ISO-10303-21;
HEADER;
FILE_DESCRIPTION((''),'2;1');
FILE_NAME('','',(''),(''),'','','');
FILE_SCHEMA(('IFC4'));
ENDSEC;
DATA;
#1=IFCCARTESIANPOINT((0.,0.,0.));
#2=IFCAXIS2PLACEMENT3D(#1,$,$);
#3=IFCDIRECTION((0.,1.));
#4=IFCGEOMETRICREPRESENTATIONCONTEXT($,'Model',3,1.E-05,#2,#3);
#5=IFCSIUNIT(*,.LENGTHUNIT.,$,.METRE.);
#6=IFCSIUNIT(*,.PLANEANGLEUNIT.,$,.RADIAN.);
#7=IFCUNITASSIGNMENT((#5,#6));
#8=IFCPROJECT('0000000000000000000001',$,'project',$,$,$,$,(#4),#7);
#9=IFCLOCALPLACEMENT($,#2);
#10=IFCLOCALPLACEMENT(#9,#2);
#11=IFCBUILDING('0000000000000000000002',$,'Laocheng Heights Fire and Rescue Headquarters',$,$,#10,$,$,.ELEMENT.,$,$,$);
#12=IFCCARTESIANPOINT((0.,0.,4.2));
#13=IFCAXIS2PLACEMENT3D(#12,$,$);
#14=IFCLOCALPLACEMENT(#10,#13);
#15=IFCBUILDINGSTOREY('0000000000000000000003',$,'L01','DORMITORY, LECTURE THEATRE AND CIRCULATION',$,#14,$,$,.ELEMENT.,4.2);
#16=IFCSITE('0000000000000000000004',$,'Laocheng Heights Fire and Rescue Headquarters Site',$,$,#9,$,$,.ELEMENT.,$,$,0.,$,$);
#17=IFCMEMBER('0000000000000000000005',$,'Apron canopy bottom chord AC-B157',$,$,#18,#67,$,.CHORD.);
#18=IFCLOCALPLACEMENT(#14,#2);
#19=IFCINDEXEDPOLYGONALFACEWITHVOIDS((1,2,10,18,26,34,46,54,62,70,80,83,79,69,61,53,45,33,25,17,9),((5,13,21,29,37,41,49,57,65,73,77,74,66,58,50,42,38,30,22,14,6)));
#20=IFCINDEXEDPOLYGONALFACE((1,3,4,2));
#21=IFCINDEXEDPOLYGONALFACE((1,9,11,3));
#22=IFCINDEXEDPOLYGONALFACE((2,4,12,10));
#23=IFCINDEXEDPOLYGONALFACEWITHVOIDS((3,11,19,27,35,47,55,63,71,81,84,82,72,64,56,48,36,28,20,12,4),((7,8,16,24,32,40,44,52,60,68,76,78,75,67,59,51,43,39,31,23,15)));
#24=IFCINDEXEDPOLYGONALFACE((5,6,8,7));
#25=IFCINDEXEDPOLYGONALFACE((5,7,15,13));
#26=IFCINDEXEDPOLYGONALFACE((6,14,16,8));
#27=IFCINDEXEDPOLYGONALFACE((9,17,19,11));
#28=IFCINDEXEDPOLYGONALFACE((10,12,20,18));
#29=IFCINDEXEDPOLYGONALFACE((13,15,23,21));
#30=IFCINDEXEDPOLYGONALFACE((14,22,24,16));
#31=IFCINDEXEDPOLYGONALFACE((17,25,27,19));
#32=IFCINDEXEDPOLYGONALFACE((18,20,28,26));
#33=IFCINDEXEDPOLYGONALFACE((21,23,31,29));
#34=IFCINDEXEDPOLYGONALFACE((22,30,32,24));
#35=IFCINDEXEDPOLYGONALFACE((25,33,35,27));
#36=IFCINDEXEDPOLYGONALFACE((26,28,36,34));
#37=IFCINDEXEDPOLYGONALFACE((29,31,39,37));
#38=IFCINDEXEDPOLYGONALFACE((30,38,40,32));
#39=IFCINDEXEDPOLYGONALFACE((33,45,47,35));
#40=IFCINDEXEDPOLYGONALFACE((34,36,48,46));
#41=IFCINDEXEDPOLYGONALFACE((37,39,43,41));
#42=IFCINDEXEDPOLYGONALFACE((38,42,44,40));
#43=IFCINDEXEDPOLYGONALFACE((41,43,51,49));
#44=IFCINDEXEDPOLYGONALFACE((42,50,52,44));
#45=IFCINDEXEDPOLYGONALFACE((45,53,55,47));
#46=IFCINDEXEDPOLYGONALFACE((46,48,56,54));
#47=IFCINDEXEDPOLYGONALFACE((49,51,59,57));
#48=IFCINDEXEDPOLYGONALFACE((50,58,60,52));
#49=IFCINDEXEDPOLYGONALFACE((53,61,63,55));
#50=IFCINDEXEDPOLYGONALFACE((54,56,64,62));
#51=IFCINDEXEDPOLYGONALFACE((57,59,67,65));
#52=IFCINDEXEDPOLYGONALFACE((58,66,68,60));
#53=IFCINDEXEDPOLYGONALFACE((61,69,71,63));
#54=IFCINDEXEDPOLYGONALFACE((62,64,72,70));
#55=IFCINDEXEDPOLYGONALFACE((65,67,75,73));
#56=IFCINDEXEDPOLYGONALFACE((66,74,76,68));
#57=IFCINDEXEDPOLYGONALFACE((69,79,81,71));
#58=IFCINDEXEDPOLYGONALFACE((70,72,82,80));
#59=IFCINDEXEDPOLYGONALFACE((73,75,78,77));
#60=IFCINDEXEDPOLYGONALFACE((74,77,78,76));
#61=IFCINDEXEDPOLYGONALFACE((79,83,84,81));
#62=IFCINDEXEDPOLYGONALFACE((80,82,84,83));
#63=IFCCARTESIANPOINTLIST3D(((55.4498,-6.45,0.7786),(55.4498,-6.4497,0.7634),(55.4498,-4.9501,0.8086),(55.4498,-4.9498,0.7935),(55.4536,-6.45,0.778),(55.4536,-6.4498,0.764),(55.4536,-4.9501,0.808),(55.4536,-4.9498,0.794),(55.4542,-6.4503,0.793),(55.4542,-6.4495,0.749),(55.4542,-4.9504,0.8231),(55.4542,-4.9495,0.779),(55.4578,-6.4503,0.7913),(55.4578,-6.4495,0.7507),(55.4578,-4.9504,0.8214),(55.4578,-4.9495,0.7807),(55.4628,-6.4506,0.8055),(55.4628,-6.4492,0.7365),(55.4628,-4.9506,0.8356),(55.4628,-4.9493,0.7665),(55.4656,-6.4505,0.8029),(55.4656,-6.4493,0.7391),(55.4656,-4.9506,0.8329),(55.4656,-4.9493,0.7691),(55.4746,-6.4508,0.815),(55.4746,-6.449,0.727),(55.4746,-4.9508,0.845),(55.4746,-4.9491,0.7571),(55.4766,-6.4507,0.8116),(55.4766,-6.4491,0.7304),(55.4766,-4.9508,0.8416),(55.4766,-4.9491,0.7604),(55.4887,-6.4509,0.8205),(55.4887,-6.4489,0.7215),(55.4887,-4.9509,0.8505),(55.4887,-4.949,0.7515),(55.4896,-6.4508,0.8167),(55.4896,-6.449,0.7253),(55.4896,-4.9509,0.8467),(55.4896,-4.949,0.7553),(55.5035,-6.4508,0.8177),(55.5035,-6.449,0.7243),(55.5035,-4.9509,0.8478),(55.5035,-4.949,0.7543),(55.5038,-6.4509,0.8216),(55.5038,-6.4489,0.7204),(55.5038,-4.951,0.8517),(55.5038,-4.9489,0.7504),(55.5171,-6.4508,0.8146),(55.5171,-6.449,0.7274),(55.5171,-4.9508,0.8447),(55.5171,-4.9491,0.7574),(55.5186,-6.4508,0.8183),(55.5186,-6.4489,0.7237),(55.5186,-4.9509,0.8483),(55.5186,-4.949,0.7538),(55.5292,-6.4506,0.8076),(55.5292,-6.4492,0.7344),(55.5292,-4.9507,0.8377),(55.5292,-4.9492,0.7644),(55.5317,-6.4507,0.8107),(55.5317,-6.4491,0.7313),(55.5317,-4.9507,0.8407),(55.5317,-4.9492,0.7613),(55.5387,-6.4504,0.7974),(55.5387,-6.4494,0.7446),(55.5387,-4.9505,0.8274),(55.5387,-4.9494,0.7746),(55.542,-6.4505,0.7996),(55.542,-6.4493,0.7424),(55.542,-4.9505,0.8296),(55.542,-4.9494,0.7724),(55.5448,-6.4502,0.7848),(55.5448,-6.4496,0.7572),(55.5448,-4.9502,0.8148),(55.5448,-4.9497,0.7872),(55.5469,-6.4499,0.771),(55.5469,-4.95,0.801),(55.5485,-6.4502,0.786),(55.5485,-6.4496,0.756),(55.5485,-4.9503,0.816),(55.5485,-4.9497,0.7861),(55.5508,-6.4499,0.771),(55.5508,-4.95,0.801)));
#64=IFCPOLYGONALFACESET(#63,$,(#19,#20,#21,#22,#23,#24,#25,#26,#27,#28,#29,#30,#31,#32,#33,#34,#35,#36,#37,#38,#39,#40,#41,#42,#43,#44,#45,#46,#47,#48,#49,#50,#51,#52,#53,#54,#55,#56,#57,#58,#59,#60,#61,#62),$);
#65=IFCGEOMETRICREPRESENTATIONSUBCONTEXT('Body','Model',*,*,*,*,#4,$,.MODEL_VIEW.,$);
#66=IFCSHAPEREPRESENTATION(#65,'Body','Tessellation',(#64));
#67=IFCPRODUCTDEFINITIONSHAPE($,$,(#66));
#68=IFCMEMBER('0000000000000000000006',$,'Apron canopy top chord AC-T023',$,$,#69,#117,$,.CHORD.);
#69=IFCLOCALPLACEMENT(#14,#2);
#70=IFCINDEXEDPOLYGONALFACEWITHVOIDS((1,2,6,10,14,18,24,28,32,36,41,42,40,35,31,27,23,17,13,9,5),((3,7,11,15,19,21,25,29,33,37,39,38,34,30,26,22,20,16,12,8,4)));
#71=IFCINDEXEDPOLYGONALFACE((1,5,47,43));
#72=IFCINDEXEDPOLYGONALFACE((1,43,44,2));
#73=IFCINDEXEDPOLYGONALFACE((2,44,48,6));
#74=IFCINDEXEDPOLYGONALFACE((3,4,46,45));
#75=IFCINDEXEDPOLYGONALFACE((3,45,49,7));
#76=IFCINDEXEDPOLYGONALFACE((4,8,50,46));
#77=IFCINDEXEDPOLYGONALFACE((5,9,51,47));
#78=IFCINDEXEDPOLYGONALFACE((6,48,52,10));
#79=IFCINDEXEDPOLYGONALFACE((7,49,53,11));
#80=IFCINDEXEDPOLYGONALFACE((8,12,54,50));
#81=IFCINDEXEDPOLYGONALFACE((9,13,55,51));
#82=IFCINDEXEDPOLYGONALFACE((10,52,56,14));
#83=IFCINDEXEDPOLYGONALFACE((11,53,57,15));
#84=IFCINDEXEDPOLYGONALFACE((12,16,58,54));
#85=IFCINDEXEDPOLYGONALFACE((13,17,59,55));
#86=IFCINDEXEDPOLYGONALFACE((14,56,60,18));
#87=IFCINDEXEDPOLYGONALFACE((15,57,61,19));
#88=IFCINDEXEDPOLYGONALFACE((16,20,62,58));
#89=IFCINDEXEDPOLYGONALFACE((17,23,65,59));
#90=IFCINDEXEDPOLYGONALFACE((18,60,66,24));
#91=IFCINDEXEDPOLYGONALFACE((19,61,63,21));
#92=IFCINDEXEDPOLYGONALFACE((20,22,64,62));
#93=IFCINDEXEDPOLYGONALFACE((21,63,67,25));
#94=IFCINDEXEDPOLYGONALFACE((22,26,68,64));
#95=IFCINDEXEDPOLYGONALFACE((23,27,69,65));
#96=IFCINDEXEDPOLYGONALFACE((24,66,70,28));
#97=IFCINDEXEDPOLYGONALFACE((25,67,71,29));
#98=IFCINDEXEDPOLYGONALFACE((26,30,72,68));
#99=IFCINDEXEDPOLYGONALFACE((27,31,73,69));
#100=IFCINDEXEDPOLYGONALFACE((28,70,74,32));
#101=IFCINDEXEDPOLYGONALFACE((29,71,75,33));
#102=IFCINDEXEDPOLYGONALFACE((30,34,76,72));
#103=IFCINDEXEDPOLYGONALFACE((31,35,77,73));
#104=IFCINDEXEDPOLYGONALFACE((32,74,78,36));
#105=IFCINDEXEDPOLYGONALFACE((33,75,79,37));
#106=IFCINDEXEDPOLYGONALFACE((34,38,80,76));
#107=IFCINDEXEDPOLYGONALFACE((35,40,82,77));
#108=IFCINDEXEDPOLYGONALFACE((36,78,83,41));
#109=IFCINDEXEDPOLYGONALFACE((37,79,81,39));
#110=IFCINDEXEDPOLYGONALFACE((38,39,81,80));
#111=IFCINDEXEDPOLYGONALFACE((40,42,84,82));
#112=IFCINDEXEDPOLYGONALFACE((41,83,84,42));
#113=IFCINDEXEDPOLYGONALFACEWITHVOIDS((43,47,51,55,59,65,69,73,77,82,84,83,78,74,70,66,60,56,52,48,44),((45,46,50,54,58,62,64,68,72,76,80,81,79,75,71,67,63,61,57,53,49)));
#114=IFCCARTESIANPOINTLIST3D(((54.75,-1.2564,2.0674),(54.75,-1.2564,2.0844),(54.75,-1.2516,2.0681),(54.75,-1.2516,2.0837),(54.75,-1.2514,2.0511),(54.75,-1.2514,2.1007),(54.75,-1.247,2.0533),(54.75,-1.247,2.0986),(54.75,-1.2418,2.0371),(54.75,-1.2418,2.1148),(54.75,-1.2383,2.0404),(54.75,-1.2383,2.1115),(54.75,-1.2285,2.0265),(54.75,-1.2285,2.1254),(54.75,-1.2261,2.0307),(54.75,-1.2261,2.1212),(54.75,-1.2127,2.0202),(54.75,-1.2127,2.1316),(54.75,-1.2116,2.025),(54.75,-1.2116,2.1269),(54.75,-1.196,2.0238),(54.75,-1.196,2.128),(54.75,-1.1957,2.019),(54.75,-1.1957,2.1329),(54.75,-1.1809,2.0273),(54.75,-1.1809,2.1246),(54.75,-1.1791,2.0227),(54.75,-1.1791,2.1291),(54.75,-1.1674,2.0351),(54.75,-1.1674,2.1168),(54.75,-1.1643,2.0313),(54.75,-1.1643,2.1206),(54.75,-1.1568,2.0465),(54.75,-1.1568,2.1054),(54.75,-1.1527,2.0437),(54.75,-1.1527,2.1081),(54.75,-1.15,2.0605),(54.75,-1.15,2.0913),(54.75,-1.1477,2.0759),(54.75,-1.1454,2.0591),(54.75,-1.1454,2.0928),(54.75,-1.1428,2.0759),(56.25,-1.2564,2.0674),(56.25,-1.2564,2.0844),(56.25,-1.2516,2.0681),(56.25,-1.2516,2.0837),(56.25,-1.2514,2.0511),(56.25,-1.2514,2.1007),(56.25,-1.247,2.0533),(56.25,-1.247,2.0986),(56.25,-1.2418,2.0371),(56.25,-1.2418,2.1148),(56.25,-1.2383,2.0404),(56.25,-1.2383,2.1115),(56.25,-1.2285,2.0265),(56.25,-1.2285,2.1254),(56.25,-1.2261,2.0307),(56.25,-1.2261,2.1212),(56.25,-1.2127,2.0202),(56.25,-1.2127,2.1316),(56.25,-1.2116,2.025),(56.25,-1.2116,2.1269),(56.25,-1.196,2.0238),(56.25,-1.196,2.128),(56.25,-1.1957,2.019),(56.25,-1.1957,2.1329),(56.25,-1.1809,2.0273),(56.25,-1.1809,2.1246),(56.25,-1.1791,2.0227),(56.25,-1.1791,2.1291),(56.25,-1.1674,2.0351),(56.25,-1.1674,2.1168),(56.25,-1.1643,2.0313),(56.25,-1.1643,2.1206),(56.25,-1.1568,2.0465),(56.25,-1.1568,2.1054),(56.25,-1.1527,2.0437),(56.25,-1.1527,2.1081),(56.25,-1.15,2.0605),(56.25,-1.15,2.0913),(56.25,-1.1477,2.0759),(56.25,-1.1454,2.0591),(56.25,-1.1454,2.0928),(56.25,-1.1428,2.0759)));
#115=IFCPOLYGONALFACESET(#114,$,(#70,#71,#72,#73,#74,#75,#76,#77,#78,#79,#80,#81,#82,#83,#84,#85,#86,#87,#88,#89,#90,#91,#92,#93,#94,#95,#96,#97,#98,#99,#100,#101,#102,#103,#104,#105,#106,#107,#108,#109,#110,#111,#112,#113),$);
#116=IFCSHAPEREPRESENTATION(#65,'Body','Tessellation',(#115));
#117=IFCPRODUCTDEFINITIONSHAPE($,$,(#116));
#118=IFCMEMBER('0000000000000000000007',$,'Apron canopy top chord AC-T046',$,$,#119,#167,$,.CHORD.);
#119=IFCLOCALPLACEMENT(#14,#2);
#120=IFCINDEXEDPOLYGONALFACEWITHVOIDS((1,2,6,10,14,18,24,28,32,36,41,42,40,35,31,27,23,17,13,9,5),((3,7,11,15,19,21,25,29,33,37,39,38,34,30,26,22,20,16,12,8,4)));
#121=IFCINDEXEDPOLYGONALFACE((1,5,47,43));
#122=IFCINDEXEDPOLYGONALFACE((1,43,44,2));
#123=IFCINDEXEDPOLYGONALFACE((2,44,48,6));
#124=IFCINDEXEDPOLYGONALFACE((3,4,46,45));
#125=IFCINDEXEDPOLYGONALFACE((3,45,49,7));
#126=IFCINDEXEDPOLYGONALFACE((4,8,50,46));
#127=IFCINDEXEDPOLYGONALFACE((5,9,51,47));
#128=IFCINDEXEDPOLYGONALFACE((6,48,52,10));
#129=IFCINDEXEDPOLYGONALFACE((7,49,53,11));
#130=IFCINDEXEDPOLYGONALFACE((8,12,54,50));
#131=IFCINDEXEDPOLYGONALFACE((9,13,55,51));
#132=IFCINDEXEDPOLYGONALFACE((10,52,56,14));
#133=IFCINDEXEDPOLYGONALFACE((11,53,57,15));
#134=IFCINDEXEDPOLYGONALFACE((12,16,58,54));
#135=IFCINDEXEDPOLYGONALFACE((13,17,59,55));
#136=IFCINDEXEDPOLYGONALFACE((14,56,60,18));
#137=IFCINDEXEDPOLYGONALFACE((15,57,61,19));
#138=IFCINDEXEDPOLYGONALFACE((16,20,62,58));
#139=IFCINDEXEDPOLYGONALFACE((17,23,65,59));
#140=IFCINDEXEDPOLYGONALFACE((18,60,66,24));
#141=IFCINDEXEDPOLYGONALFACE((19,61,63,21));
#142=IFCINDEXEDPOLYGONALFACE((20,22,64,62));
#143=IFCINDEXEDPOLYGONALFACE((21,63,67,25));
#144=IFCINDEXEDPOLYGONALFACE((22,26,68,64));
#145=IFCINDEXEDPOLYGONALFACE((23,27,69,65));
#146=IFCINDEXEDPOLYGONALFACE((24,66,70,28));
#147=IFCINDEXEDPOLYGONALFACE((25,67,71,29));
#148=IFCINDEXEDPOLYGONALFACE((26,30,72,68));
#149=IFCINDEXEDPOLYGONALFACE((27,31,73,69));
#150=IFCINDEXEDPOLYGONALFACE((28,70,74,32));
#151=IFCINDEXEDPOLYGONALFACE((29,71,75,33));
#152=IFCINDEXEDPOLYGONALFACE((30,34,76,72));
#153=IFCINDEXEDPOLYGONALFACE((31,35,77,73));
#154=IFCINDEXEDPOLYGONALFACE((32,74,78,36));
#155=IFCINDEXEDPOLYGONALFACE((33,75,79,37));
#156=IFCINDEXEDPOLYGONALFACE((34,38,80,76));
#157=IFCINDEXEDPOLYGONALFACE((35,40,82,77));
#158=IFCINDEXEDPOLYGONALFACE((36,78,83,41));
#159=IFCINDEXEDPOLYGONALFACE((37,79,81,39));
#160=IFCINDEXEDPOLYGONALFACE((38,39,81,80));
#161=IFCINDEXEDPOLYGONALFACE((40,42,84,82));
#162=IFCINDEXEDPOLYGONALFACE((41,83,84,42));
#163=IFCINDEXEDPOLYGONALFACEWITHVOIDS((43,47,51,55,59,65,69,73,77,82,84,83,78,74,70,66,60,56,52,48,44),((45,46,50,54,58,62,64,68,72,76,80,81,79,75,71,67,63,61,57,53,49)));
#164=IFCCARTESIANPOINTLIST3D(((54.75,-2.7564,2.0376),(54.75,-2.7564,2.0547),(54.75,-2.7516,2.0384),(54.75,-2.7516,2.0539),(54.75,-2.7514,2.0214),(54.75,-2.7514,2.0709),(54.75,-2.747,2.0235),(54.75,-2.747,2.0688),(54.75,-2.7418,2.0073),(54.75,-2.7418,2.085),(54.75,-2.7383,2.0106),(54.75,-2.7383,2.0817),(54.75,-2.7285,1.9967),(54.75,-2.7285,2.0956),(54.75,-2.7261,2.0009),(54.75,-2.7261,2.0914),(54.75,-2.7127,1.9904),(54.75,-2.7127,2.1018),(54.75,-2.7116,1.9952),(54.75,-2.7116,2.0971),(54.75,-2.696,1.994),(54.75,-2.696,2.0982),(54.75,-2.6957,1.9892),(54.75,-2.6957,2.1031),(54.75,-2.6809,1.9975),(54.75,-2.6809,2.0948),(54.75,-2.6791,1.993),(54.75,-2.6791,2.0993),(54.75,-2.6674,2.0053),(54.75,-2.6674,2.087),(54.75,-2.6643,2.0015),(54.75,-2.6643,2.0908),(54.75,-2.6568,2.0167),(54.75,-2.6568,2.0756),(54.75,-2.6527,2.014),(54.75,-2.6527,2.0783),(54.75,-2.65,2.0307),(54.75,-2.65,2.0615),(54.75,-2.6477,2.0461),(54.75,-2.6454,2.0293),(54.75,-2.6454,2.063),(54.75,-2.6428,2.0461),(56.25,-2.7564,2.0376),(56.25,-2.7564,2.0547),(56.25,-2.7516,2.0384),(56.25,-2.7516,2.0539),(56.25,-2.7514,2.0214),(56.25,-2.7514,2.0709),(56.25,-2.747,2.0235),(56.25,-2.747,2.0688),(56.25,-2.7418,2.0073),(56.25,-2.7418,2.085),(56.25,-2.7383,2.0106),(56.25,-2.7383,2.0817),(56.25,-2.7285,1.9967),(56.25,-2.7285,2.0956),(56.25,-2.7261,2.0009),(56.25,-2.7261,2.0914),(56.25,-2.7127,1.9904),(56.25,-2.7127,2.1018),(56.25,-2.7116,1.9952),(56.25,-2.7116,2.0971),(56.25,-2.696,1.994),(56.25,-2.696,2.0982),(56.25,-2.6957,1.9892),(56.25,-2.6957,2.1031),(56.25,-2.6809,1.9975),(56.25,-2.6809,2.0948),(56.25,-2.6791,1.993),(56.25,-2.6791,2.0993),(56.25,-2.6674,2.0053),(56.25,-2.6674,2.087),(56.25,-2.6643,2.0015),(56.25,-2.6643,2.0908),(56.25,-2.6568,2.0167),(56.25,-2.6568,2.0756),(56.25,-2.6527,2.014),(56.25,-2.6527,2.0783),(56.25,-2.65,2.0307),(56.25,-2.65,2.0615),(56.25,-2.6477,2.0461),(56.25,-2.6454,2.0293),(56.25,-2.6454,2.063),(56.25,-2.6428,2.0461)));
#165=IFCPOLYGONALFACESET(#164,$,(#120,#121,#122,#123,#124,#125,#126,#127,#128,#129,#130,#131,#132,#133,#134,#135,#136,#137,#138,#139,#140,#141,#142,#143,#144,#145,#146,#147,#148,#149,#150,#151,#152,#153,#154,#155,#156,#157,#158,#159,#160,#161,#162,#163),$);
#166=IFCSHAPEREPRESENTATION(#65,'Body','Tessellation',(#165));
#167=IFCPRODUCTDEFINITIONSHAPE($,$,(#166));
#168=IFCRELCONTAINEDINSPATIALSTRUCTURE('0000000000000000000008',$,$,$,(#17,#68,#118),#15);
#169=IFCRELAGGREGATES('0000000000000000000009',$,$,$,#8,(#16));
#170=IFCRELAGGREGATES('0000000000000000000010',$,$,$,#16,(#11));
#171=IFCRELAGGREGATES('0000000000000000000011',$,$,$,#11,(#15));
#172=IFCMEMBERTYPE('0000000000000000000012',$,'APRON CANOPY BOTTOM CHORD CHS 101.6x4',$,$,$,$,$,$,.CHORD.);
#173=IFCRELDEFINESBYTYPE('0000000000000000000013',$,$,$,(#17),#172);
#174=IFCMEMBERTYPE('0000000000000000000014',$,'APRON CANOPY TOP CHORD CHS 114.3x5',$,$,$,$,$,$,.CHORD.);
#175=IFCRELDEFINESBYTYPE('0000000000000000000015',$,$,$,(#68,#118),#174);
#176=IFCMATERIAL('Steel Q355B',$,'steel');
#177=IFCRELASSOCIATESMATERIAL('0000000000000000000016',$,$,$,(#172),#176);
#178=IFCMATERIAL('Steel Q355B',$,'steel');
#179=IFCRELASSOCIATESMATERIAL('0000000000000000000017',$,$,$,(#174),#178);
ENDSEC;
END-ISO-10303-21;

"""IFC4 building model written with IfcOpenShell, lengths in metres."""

from ifc_helpers import new_model, si_unit, direction, frame, origin, origin_2d, place, context, subcontext, project, spatial, hollow_circle, extrude, material, material_profile, profile_set, type_object, element, save


model = new_model("IFC4")

# Units and contexts
model_context = context("Model", 3, precision=1e-05, world=origin(), true_north=direction((0.0, 1.0)))
body_context = subcontext(model_context, "Body", "Model", "MODEL_VIEW")
ifc_project = project(units=[si_unit("LENGTHUNIT", "METRE"), si_unit("PLANEANGLEUNIT", "RADIAN")], contexts=[model_context])

# Site, building, storey
site_placement = place(None, origin())
site = spatial("IfcSite", under=ifc_project, at=site_placement, Name="Laocheng Heights Fire and Rescue Headquarters Site", CompositionType="ELEMENT", RefElevation=0.0)
building_placement = place(site_placement, origin())
building = spatial("IfcBuilding", under=site, at=building_placement, Name="Laocheng Heights Fire and Rescue Headquarters", CompositionType="ELEMENT")
storey_placement = place(building_placement, frame((0.0, 0.0, 4.2)))
storey = spatial("IfcBuildingStorey", under=building, at=storey_placement, Name="L01", Description="DORMITORY, LECTURE THEATRE AND CIRCULATION", CompositionType="ELEMENT", Elevation=4.2)

# Members
ifc_material_1 = material(Name="Steel Q355B", Category="steel")
ifc_material_profile_1 = material_profile(ifc_material_1, hollow_circle(Radius=0.0508, WallThickness=0.0039, at=origin_2d()), Name="CHS 101.6x4")
ifc_profile_set_1 = profile_set([ifc_material_profile_1], Name="Steel Q355B")
member_type_1 = type_object("IfcMemberType", Name="APRON CANOPY BOTTOM CHORD CHS 101.6x4", PredefinedType="CHORD", material=ifc_profile_set_1)
member_1_placement = place(storey_placement, frame((55.5, -4.95, 0.801), z_axis=(0.0, -0.9998, -0.020016), x_axis=(1.0, 0.0, 0.0)))
element("IfcMember", 1, at=member_1_placement, inside=storey, type_object=member_type_1, Name="Apron canopy bottom chord AC-B157", PredefinedType="CHORD", context=body_context, shape_type="SweptSolid", body=[
    extrude(hollow_circle(Radius=0.0508, WallThickness=0.0039, at=origin_2d()), origin(), (0.0, 0.0, 1.0), 1.5002),
])
ifc_material_2 = material(Name="Steel Q355B", Category="steel")
ifc_material_profile_2 = material_profile(ifc_material_2, hollow_circle(Radius=0.0571, WallThickness=0.0049, at=origin_2d()), Name="CHS 114.3x5")
ifc_profile_set_2 = profile_set([ifc_material_profile_2], Name="Steel Q355B")
member_type_2 = type_object("IfcMemberType", Name="APRON CANOPY TOP CHORD CHS 114.3x5", PredefinedType="CHORD", material=ifc_profile_set_2)
for number, where, z_axis, x_axis, name in (
    (2, (54.75, -1.2, 2.0759), (1.0, 0.0, 0.0), (0.0, 1.0, 0.0), "Apron canopy top chord AC-T023"),
    (3, (54.75, -2.7, 2.0461), (1.0, 0.0, 0.0), (0.0, 1.0, 0.0), "Apron canopy top chord AC-T046"),
):
    element("IfcMember", number, at=place(storey_placement, frame(where, z_axis=z_axis, x_axis=x_axis)), inside=storey, type_object=member_type_2, Name=name, PredefinedType="CHORD", context=body_context, shape_type="SweptSolid", body=[
        extrude(hollow_circle(Radius=0.0571, WallThickness=0.0049, at=origin_2d()), origin(), (0.0, 0.0, 1.0), 1.5),
    ])

save(model, "model.ifc")
